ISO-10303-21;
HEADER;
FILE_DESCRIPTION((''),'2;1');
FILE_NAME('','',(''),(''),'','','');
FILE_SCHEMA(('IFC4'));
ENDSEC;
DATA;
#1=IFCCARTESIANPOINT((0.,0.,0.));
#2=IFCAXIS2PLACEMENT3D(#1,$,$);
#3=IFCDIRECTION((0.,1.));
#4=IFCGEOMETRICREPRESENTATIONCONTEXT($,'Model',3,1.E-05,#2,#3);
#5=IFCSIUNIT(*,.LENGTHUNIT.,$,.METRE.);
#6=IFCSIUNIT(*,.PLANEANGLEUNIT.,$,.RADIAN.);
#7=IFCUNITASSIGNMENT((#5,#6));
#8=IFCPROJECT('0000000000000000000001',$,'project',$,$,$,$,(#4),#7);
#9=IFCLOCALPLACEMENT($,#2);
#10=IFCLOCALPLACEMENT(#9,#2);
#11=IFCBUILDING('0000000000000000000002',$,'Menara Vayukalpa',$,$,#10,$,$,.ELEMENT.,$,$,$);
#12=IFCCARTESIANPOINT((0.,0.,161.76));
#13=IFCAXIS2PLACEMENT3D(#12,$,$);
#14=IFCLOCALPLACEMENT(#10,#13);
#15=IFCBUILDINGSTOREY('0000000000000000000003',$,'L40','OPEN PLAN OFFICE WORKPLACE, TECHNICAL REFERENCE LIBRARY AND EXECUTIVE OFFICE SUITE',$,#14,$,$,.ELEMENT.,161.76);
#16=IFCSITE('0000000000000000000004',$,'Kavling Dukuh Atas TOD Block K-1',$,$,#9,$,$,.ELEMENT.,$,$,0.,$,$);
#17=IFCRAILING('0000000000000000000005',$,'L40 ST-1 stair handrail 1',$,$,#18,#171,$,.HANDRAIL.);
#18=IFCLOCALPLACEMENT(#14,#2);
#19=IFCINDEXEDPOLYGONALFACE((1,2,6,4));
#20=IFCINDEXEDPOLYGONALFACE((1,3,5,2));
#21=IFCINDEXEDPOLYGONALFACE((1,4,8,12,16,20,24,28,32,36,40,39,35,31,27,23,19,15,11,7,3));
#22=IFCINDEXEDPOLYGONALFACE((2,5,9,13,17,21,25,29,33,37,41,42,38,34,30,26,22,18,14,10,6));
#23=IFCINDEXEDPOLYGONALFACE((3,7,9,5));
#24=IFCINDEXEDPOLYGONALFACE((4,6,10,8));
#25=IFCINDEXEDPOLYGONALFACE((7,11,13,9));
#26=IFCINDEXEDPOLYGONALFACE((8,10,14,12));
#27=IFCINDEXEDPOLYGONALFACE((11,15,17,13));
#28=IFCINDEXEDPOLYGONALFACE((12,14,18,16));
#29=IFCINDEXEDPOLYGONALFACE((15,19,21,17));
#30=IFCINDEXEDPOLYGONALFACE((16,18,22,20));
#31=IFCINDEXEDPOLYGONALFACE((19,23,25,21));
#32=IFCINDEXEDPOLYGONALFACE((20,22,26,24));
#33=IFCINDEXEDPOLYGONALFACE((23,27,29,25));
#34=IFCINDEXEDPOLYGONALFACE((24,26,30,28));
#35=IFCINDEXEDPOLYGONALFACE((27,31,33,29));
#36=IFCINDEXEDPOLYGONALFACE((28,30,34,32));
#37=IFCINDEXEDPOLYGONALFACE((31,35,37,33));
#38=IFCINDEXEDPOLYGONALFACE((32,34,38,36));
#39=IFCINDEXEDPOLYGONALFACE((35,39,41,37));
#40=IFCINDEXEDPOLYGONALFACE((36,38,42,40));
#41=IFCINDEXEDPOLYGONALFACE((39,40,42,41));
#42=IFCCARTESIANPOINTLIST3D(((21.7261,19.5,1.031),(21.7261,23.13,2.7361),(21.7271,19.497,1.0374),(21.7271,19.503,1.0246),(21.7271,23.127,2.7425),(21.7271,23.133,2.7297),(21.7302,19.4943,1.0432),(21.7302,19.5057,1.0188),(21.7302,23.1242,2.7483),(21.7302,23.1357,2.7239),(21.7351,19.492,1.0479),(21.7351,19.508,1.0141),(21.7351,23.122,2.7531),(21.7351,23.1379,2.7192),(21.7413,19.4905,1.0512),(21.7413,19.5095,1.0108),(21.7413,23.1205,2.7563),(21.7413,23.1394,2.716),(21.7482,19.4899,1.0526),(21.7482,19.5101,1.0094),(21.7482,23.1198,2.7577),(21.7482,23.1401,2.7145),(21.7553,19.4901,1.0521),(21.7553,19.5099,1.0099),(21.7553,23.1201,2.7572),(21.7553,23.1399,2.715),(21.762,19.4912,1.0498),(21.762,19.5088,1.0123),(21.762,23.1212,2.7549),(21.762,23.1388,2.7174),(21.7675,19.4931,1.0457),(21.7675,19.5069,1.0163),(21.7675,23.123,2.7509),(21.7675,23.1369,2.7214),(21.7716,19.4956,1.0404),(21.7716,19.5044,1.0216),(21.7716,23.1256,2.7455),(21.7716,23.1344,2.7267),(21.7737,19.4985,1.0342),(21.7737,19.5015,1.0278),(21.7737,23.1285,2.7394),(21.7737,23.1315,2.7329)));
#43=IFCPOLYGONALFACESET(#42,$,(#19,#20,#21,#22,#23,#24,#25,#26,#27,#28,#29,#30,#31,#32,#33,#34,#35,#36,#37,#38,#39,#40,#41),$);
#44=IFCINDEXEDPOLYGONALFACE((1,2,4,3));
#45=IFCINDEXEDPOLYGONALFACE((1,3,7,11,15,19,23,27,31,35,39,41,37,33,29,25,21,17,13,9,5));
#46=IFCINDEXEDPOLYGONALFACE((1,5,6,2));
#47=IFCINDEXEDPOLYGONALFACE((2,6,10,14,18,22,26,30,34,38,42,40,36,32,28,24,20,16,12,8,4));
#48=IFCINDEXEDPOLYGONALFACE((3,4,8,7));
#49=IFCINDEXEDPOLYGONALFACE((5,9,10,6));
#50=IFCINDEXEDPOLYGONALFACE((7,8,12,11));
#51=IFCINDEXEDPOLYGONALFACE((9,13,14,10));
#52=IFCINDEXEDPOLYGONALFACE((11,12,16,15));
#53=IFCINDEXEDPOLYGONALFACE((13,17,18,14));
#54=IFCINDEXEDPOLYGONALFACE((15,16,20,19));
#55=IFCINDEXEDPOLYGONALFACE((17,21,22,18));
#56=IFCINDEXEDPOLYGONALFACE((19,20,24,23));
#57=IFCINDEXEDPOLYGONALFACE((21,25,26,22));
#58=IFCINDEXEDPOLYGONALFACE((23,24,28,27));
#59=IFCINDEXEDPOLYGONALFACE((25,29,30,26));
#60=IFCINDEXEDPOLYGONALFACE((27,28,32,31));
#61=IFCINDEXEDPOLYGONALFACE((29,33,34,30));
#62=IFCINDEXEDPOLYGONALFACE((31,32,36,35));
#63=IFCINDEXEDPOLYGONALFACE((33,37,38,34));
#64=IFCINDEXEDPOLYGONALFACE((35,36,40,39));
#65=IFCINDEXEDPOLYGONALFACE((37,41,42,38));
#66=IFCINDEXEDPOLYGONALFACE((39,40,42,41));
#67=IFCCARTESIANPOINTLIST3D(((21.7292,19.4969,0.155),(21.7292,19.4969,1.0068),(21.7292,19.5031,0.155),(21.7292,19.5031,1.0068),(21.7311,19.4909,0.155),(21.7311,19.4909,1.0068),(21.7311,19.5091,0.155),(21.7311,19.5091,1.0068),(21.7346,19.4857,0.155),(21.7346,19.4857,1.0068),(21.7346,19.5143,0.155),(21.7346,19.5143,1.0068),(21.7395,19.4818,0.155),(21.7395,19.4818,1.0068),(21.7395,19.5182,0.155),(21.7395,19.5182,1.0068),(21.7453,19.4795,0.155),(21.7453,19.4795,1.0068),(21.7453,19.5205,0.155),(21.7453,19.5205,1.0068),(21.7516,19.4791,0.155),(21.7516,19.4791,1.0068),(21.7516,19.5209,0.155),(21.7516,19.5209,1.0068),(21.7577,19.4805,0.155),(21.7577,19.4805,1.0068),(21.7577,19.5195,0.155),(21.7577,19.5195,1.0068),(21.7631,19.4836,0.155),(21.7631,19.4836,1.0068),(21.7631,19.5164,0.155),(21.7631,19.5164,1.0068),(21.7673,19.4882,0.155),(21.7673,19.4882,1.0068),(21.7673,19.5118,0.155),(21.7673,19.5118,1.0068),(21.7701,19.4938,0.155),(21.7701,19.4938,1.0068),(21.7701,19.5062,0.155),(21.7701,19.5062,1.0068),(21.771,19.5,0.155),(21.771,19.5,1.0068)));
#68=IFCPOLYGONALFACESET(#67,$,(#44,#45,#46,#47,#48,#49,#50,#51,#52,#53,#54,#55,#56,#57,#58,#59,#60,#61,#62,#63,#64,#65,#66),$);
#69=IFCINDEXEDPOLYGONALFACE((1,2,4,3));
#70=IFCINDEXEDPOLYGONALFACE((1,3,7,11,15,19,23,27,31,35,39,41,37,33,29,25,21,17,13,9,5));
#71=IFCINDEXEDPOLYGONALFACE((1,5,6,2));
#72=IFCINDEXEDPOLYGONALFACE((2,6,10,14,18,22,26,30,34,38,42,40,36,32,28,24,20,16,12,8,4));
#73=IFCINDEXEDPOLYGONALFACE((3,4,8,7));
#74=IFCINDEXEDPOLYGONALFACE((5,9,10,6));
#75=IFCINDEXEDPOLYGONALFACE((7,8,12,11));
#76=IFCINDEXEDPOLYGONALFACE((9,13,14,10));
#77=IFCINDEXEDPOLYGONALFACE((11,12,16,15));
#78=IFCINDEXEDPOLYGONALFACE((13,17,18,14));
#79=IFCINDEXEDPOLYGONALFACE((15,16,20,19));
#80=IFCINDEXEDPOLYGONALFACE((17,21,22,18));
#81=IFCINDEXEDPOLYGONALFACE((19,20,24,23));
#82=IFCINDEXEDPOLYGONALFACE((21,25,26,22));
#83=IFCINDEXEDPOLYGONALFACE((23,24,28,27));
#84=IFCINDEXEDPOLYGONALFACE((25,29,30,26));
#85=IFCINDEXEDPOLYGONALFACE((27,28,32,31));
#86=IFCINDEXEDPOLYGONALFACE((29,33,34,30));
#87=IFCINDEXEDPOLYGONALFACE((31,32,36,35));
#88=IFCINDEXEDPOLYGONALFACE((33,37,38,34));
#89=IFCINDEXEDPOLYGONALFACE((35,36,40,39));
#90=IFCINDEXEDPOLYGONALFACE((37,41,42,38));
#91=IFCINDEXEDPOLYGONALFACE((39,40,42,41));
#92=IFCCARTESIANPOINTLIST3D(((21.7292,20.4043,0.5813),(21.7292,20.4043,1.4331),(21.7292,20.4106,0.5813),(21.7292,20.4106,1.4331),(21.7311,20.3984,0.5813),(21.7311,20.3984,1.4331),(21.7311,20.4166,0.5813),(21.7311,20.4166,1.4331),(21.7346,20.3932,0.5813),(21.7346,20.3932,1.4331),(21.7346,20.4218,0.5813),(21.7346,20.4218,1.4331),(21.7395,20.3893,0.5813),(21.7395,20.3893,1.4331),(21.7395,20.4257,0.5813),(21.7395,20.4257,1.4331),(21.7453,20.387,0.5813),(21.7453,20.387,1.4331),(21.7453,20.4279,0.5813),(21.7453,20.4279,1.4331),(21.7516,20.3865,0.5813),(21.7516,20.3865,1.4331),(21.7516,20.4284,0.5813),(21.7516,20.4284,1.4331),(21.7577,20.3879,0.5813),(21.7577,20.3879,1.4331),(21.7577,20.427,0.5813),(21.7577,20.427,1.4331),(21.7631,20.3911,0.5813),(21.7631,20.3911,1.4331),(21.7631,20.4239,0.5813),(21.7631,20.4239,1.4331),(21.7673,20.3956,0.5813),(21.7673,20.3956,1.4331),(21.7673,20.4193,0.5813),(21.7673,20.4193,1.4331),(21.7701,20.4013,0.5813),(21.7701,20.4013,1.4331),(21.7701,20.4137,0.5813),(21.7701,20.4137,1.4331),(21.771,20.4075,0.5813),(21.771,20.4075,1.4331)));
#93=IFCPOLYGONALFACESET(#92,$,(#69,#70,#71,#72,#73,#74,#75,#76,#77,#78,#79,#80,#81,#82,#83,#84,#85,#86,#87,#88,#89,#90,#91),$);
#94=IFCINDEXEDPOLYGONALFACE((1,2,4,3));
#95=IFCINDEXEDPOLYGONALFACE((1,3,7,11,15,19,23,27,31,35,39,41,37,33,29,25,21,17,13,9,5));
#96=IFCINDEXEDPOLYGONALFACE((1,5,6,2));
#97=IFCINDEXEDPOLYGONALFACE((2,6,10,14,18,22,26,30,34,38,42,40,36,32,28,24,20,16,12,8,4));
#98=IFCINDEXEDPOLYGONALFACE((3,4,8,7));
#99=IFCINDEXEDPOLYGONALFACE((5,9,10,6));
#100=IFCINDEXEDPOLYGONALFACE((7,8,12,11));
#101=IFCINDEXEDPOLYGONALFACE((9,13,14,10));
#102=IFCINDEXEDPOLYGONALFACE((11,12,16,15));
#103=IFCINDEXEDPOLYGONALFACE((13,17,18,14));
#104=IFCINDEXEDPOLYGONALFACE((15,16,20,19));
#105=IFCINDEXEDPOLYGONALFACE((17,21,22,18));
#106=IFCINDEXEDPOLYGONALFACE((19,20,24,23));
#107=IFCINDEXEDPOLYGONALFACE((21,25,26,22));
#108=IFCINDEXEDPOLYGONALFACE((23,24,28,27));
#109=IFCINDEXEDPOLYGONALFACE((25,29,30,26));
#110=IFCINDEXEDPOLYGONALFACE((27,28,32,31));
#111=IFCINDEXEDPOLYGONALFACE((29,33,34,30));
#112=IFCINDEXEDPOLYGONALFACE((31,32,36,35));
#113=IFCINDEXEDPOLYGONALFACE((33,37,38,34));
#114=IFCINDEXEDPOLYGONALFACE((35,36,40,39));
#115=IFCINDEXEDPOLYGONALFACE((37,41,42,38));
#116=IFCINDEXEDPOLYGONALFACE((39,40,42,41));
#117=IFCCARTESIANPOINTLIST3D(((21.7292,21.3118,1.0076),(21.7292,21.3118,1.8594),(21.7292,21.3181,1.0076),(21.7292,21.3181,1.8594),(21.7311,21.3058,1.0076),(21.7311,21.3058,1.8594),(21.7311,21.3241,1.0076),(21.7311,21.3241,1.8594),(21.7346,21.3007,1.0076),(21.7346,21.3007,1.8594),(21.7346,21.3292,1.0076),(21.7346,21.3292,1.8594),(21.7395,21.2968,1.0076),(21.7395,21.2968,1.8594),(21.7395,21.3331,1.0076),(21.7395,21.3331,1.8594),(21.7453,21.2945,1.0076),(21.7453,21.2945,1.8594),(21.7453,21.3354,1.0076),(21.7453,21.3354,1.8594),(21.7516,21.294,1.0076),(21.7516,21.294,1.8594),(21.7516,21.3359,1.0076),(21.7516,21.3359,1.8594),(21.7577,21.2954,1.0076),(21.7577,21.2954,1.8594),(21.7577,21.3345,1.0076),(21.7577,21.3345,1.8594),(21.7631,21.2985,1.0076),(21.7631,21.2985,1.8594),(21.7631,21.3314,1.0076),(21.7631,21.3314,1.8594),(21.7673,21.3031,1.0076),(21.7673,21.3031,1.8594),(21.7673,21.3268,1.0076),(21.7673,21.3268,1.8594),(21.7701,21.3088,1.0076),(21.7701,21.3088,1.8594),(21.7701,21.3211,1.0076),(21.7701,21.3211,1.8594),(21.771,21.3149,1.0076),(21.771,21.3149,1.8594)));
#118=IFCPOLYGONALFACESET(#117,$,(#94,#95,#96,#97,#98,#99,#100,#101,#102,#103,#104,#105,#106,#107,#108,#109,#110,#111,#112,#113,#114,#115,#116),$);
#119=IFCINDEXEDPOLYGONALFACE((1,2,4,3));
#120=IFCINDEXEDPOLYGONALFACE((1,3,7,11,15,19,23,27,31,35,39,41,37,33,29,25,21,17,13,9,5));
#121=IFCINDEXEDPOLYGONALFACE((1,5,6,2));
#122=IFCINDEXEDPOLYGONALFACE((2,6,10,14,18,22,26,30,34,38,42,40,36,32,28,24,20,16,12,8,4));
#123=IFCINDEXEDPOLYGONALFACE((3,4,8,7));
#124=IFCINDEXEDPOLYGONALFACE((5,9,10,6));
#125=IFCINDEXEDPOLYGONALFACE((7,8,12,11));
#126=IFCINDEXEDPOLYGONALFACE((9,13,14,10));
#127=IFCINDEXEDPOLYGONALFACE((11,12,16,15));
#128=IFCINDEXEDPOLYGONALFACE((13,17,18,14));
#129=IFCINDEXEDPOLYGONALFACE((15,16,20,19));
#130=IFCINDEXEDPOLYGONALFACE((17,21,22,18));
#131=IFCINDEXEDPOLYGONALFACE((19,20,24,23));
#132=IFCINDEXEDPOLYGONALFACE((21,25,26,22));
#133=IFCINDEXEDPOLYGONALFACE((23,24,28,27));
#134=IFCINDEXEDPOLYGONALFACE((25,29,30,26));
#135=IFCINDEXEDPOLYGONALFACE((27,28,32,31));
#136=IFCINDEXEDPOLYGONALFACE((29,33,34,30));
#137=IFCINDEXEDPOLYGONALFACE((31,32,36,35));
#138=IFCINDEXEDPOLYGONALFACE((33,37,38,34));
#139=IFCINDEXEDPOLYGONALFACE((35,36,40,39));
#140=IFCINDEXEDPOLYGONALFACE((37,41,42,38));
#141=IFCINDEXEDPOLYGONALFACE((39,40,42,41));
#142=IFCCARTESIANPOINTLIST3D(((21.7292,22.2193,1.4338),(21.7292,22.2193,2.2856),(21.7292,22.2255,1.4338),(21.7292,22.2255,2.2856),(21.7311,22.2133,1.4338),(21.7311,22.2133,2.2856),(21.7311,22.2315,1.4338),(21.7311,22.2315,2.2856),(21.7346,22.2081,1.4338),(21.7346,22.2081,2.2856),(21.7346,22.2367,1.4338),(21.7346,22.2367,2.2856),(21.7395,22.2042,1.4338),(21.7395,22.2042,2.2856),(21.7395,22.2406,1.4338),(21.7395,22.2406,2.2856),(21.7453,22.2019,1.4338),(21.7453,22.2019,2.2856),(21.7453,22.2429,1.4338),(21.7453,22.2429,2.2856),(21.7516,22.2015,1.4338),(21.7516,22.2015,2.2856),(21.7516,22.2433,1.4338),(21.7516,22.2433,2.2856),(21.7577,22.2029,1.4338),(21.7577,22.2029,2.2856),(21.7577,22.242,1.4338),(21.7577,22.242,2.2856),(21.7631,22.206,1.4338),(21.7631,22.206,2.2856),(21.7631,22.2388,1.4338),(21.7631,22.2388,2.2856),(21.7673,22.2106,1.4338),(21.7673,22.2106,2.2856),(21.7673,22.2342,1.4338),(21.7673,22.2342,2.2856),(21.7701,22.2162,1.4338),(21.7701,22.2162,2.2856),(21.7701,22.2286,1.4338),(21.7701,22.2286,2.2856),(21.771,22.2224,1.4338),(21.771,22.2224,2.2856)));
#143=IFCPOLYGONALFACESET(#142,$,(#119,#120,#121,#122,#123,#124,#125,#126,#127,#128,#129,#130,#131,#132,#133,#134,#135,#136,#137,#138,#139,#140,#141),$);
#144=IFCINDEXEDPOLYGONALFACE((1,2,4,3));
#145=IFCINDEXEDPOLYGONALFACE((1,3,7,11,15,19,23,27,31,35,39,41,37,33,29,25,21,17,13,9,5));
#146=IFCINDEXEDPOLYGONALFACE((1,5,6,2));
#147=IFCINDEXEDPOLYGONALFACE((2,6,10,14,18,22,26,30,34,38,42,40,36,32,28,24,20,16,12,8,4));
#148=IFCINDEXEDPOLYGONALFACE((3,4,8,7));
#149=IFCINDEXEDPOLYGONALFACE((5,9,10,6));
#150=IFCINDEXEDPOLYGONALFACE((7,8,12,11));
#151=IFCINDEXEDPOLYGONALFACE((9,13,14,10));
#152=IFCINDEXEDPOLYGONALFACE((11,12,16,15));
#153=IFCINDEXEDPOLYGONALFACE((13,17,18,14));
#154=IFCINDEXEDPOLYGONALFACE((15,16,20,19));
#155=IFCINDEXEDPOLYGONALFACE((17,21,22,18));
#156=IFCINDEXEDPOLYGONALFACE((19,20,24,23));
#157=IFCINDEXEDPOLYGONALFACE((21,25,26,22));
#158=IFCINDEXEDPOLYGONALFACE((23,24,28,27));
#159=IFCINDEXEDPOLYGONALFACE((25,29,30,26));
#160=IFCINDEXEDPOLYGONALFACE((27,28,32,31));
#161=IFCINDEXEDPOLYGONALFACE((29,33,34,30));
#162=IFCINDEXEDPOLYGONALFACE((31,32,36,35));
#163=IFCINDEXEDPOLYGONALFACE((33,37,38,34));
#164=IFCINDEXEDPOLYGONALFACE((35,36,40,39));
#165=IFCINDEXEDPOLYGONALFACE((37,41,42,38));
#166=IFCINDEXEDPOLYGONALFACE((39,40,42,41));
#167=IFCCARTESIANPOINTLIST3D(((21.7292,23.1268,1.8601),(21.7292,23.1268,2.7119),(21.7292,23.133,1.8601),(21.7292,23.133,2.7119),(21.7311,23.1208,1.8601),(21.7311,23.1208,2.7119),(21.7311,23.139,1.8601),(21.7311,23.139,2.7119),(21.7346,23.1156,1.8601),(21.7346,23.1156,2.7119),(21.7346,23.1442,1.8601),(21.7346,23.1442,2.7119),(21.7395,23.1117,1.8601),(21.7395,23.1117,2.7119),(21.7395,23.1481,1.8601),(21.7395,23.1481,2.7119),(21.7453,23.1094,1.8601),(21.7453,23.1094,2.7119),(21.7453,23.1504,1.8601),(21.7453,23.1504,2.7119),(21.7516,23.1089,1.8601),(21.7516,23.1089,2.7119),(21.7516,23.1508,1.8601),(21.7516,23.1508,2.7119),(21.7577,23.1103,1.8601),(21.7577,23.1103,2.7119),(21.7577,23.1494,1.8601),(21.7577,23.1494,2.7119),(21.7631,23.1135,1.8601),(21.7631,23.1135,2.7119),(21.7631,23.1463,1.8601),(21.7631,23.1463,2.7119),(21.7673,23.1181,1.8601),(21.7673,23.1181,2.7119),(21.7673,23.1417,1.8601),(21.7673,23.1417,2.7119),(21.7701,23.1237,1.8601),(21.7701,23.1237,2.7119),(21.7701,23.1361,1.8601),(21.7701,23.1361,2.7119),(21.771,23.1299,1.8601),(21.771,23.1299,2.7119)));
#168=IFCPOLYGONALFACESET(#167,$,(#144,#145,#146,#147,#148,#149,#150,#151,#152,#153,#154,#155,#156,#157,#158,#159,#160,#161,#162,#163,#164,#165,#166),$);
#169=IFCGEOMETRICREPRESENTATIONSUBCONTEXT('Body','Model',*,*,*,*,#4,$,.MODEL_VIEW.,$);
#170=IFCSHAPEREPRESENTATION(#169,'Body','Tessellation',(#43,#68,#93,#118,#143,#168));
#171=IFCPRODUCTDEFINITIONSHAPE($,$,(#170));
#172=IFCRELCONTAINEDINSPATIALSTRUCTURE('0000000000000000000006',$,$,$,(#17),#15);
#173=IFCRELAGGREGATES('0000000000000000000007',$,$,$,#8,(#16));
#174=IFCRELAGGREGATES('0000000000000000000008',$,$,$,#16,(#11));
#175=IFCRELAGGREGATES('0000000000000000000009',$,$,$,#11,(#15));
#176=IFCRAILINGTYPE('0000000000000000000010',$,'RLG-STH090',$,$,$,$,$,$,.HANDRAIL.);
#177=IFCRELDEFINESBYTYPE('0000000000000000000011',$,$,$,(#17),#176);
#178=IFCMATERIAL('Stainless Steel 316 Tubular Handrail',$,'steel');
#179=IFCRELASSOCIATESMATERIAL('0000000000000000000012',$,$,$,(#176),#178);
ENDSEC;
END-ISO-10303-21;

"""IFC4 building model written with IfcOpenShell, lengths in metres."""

from ifc_helpers import new_model, si_unit, direction, frame, origin, origin_2d, place, context, subcontext, project, spatial, circle, extrude, material, type_object, element, save


model = new_model("IFC4")

# Units and contexts
model_context = context("Model", 3, precision=1e-05, world=origin(), true_north=direction((0.0, 1.0)))
body_context = subcontext(model_context, "Body", "Model", "MODEL_VIEW")
ifc_project = project(units=[si_unit("LENGTHUNIT", "METRE"), si_unit("PLANEANGLEUNIT", "RADIAN")], contexts=[model_context])

# Site, building, storey
site_placement = place(None, origin())
site = spatial("IfcSite", under=ifc_project, at=site_placement, Name="Kavling Dukuh Atas TOD Block K-1", CompositionType="ELEMENT", RefElevation=0.0)
building_placement = place(site_placement, origin())
building = spatial("IfcBuilding", under=site, at=building_placement, Name="Menara Vayukalpa", CompositionType="ELEMENT")
storey_placement = place(building_placement, frame((0.0, 0.0, 161.76)))
storey = spatial("IfcBuildingStorey", under=building, at=storey_placement, Name="L40", Description="OPEN PLAN OFFICE WORKPLACE, TECHNICAL REFERENCE LIBRARY AND EXECUTIVE OFFICE SUITE", CompositionType="ELEMENT", Elevation=161.76)

# Railing
ifc_material_1 = material(Name="Stainless Steel 316 Tubular Handrail", Category="steel")
railing_type_1 = type_object("IfcRailingType", Name="RLG-STH090", PredefinedType="HANDRAIL", material=ifc_material_1)
railing_1_placement = place(storey_placement, frame((21.75, 19.5, 0.155)))
element("IfcRailing", 1, at=railing_1_placement, inside=storey, type_object=railing_type_1, Name="L40 ST-1 stair handrail 1", PredefinedType="HANDRAIL", context=body_context, shape_type="SweptSolid", body=[
    extrude(circle(Radius=0.0239, at=origin_2d()), frame((0.0, 0.0, 0.876), z_axis=(0.0, 0.905116, 0.425164), x_axis=(-1.0, 0.0, 0.0)), (0.0, 0.0, 1.0), 4.0105),
    extrude(circle(Radius=0.021, at=origin_2d()), origin(), (0.0, 0.0, 1.0), 0.8518),
    extrude(circle(Radius=0.021, at=origin_2d()), frame((0.0, 0.9075, 0.4263)), (0.0, 0.0, 1.0), 0.8518),
    extrude(circle(Radius=0.021, at=origin_2d()), frame((0.0, 1.8149, 0.8525)), (0.0, 0.0, 1.0), 0.8518),
    extrude(circle(Radius=0.021, at=origin_2d()), frame((0.0, 2.7224, 1.2788)), (0.0, 0.0, 1.0), 0.8518),
    extrude(circle(Radius=0.021, at=origin_2d()), frame((0.0, 3.6299, 1.7051)), (0.0, 0.0, 1.0), 0.8518),
])

save(model, "model.ifc")
